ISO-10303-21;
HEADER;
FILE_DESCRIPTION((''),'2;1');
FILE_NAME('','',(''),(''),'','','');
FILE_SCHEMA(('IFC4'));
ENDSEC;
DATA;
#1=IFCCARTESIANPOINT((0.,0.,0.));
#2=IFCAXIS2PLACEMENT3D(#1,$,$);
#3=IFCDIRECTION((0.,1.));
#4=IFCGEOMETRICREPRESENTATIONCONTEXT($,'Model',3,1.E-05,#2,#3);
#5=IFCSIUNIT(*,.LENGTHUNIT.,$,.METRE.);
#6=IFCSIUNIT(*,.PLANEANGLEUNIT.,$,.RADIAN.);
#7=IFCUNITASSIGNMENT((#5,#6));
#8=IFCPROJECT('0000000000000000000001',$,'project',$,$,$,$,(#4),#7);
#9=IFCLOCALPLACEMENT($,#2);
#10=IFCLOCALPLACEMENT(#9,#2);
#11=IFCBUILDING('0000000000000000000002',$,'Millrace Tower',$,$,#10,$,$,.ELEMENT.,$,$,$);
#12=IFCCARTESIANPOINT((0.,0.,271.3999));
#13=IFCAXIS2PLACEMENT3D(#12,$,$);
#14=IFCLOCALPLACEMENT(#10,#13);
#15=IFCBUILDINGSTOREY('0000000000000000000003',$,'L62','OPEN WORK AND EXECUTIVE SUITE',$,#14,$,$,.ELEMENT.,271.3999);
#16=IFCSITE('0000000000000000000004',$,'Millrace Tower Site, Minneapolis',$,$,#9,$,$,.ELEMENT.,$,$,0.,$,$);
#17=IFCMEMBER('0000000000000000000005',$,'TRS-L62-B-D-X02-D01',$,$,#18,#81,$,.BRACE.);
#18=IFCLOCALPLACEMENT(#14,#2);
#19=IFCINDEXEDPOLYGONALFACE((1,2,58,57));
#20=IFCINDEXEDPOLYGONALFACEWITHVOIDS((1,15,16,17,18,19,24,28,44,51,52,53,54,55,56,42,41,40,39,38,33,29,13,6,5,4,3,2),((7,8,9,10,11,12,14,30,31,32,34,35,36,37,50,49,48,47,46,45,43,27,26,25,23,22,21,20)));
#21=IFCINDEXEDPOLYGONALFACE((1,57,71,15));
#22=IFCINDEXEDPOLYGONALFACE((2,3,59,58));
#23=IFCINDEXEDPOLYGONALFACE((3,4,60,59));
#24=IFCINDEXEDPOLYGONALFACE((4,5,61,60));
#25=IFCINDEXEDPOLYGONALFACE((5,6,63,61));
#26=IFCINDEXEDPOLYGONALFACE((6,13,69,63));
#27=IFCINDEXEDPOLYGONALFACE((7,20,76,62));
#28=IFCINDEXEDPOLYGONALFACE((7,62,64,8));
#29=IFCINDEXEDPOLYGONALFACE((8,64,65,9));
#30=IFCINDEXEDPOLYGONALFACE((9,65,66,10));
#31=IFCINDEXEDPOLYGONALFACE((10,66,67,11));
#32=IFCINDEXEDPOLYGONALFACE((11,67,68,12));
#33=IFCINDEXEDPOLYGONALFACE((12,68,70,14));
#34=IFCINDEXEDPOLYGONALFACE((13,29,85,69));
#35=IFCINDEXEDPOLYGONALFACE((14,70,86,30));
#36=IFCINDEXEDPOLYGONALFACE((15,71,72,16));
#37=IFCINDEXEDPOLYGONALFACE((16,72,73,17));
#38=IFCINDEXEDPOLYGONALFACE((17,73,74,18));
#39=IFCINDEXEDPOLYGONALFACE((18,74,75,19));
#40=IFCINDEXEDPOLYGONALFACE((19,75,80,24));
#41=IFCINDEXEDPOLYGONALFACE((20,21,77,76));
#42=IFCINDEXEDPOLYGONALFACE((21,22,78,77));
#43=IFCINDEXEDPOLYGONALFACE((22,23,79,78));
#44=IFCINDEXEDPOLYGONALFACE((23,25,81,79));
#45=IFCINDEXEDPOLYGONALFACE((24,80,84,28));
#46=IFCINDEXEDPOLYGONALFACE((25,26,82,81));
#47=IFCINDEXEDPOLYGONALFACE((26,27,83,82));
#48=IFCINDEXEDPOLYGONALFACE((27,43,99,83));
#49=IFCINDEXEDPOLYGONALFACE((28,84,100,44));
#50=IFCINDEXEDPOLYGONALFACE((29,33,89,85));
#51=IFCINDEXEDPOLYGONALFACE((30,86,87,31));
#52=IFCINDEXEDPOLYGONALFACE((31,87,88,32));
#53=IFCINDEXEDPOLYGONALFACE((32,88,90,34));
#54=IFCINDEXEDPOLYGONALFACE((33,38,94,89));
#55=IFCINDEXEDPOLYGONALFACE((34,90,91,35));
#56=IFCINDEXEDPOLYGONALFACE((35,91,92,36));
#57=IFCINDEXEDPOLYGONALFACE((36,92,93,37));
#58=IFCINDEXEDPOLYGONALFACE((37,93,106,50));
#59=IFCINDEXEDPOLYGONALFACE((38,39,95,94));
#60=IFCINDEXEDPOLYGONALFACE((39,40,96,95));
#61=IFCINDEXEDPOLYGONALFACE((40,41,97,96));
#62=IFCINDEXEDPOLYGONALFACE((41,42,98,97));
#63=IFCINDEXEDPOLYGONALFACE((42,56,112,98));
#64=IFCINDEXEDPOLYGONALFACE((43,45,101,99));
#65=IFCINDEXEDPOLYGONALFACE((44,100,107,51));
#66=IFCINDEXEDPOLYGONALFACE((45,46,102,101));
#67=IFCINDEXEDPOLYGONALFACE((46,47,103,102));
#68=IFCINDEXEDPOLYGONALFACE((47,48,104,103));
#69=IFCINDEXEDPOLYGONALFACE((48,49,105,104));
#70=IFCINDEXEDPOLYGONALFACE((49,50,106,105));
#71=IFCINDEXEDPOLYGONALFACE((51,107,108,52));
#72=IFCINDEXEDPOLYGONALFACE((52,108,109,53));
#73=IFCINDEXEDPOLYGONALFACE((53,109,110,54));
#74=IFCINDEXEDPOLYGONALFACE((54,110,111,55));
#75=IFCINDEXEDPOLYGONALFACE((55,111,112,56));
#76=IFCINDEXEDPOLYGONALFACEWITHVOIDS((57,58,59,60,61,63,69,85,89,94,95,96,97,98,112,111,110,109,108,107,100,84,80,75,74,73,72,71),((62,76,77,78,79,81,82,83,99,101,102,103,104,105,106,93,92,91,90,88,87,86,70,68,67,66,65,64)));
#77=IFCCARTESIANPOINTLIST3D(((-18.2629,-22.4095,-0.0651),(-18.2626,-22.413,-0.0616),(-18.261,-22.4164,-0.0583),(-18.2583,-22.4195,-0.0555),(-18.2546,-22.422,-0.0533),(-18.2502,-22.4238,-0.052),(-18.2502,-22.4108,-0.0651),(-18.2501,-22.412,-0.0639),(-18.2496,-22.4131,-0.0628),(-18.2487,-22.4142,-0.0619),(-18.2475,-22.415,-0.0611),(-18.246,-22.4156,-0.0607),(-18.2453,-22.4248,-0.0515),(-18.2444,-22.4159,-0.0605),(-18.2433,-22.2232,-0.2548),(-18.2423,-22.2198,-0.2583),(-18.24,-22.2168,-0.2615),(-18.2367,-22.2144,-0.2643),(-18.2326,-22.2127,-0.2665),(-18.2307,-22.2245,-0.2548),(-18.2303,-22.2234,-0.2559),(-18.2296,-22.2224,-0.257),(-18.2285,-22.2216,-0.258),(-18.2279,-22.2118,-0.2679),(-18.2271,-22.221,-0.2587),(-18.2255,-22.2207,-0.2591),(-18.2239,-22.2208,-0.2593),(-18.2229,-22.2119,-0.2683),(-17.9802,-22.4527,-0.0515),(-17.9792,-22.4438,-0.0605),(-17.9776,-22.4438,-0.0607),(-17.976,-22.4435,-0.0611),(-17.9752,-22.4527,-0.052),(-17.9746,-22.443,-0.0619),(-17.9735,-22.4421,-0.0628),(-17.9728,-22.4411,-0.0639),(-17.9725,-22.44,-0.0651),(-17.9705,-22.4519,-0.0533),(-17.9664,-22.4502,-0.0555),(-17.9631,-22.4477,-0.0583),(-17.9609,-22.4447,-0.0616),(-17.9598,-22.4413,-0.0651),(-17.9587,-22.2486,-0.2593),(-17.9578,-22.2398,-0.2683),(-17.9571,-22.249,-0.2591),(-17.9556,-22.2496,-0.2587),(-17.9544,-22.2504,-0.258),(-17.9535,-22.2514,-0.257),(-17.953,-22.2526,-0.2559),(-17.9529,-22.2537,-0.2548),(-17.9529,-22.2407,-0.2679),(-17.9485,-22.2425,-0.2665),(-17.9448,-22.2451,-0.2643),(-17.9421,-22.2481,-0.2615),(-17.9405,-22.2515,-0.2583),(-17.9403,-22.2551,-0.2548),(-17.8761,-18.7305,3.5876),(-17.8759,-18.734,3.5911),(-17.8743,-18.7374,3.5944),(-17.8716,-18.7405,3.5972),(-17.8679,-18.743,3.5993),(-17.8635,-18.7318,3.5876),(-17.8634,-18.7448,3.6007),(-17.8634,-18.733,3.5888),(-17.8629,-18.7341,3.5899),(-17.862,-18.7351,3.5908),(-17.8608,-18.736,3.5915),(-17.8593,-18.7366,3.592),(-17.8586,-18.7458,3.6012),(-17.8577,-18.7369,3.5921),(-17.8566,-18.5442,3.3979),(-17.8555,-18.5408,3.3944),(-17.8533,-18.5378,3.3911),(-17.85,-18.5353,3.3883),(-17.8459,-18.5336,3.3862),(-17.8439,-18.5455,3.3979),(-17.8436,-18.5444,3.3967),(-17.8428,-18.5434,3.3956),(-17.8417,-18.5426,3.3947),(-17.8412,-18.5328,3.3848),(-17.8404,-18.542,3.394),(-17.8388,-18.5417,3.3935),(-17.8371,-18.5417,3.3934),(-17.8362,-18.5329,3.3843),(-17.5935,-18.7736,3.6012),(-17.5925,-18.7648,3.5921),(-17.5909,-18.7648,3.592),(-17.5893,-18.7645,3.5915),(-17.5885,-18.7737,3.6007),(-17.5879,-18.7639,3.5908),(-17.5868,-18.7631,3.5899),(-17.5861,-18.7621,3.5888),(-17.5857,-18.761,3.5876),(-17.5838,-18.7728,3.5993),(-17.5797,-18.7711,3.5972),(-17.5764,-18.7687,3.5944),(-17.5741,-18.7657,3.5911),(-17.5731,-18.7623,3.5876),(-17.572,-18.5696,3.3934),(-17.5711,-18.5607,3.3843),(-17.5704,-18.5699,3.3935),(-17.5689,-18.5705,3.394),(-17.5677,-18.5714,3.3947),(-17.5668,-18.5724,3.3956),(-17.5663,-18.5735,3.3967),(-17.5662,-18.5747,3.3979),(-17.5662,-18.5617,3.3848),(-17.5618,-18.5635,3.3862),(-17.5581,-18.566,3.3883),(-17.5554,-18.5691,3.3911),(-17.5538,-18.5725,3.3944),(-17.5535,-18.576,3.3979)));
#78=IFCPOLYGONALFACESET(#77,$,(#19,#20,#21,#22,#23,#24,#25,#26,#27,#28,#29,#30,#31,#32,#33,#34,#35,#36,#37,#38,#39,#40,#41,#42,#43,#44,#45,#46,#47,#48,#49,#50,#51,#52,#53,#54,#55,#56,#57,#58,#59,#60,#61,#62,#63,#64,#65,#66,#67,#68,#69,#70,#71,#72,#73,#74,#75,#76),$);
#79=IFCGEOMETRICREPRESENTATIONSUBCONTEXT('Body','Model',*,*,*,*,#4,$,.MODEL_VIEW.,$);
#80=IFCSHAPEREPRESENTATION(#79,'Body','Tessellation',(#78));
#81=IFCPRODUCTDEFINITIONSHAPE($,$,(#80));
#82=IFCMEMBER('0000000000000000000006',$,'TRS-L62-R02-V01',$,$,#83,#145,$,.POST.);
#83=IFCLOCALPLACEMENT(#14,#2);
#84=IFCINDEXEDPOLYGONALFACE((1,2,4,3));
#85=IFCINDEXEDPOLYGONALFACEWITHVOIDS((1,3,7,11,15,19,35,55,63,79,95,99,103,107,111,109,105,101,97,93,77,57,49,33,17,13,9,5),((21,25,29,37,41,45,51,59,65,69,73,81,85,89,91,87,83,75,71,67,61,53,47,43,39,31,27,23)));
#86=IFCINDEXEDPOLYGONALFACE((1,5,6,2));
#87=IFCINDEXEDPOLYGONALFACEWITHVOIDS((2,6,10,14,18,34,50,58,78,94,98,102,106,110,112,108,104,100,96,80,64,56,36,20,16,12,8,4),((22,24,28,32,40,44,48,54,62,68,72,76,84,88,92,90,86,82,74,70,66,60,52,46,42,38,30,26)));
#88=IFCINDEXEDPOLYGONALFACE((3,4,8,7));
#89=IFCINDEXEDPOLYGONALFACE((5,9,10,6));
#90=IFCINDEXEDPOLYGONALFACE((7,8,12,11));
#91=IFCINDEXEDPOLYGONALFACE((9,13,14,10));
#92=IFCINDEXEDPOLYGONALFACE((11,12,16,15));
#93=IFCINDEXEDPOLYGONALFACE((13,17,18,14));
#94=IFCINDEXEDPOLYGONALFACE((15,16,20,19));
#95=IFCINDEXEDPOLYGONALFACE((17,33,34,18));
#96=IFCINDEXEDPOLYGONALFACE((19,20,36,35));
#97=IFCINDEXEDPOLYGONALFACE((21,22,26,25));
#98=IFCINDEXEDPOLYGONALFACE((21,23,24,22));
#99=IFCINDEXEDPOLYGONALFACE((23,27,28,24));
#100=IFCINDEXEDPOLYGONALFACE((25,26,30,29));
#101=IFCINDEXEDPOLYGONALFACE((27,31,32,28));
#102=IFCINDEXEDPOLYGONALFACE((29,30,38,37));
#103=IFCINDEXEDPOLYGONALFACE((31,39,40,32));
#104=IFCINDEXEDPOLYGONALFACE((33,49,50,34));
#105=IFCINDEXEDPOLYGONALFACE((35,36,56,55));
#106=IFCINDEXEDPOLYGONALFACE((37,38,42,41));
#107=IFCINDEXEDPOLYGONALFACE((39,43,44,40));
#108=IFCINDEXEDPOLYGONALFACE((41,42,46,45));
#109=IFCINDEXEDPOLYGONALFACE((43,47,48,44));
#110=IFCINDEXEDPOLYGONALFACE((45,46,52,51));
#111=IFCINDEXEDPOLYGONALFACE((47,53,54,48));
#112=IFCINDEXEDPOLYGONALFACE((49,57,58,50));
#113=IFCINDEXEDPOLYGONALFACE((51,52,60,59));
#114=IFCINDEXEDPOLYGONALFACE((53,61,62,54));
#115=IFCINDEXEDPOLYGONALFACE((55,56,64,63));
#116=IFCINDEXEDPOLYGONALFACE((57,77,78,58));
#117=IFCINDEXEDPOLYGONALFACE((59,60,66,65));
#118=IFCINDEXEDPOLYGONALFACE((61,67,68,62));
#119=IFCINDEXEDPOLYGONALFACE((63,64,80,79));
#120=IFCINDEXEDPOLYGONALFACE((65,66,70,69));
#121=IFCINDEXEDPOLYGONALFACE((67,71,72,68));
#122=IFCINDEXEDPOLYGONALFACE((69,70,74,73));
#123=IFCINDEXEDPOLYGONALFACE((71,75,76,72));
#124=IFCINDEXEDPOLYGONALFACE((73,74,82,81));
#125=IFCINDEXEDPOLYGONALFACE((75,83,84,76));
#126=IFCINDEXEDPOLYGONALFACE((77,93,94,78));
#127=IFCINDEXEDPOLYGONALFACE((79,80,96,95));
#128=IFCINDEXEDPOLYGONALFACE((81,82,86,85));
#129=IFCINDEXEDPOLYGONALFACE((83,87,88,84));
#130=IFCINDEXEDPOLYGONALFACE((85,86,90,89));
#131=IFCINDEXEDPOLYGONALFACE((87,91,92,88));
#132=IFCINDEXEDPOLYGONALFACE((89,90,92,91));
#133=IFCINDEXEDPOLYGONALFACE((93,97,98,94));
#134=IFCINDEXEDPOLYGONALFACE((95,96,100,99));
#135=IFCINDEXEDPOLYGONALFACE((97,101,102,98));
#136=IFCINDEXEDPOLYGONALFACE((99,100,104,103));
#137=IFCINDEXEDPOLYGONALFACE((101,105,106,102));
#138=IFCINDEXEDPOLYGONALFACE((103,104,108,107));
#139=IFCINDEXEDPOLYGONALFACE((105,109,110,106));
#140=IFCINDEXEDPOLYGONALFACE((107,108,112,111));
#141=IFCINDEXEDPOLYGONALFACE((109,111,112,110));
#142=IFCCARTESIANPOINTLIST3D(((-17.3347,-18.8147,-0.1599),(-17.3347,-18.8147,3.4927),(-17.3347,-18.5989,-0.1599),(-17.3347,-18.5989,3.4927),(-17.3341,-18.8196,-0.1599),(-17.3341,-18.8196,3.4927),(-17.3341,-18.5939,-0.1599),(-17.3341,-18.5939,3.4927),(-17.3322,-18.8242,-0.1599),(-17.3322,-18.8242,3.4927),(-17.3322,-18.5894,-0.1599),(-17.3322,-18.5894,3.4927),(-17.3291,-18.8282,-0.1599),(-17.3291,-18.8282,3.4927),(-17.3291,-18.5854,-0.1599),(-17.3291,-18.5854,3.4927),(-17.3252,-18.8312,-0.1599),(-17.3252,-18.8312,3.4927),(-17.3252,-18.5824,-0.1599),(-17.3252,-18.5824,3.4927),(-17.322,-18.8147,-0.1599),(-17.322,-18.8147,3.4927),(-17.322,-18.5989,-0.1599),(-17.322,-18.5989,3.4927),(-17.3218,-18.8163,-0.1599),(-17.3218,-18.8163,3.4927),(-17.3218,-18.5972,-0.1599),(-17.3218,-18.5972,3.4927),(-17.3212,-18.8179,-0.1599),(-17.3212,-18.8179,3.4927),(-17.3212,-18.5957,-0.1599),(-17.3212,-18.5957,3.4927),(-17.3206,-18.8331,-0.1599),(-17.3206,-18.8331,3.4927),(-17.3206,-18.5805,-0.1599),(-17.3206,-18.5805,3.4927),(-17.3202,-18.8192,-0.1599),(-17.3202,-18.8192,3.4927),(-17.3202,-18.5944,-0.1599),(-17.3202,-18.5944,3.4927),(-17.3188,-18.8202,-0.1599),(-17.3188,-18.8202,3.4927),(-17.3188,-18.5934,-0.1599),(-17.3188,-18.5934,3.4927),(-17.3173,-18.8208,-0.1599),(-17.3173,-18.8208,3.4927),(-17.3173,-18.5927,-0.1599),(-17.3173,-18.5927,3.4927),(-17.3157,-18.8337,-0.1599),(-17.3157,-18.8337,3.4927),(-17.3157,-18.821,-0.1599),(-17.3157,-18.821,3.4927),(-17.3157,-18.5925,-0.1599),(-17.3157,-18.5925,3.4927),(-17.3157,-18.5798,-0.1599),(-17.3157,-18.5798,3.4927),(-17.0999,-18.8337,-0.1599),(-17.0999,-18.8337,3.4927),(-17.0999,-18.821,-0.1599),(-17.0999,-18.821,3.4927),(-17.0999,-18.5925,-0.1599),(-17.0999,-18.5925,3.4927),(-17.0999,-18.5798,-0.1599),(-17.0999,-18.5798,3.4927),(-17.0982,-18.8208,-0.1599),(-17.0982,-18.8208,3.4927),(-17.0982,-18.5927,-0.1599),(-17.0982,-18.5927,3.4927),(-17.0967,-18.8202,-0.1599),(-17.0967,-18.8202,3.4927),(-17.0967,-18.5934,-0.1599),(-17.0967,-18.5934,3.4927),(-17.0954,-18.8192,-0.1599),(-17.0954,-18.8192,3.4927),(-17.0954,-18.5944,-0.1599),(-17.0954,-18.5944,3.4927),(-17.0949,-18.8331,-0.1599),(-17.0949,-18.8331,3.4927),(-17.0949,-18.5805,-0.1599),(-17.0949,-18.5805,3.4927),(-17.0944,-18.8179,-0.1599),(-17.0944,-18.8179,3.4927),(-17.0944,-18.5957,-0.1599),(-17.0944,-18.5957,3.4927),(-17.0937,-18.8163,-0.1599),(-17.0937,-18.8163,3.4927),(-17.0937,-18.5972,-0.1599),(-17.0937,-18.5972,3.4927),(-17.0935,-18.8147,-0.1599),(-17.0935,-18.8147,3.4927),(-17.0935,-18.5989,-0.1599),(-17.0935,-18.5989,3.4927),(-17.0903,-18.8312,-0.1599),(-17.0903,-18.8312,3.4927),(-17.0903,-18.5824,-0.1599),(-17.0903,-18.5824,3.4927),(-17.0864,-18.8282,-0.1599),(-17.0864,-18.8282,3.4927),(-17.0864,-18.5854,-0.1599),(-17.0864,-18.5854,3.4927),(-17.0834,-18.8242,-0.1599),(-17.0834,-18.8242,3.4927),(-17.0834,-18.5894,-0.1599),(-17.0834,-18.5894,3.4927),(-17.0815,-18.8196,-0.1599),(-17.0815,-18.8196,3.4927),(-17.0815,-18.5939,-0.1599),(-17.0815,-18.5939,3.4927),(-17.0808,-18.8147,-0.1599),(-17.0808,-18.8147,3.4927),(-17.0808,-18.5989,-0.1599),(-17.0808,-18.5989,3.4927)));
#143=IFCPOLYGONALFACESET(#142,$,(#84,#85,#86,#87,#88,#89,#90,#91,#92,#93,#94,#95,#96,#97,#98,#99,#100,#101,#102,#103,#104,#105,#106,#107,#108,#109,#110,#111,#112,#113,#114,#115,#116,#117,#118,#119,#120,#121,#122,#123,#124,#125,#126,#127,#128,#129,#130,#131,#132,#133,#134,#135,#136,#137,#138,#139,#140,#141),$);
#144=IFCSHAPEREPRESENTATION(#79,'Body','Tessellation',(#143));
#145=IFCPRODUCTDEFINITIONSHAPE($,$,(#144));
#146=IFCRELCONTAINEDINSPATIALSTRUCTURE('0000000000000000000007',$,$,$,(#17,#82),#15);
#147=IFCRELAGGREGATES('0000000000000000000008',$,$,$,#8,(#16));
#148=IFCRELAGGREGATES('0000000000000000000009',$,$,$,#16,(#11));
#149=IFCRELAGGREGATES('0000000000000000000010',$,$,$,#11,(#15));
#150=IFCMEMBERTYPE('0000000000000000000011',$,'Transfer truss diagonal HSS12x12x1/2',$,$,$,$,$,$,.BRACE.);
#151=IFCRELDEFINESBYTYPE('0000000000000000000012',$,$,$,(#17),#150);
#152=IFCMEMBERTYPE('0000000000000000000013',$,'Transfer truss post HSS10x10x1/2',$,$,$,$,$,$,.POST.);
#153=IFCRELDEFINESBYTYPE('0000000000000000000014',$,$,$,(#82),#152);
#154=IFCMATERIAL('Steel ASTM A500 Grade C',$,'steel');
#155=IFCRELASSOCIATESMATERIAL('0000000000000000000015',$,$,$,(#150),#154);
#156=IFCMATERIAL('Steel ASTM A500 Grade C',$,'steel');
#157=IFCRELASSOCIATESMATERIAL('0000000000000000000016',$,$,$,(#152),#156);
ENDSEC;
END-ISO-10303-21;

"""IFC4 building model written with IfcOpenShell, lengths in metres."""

from ifc_helpers import new_model, si_unit, direction, frame, origin, origin_2d, place, context, subcontext, project, spatial, hollow_rectangle, extrude, material, material_profile, profile_set, type_object, element, save


model = new_model("IFC4")

# Units and contexts
model_context = context("Model", 3, precision=1e-05, world=origin(), true_north=direction((0.0, 1.0)))
body_context = subcontext(model_context, "Body", "Model", "MODEL_VIEW")
ifc_project = project(units=[si_unit("LENGTHUNIT", "METRE"), si_unit("PLANEANGLEUNIT", "RADIAN")], contexts=[model_context])

# Site, building, storey
site_placement = place(None, origin())
site = spatial("IfcSite", under=ifc_project, at=site_placement, Name="Millrace Tower Site, Minneapolis", CompositionType="ELEMENT", RefElevation=0.0)
building_placement = place(site_placement, origin())
building = spatial("IfcBuilding", under=site, at=building_placement, Name="Millrace Tower", CompositionType="ELEMENT")
storey_placement = place(building_placement, frame((0.0, 0.0, 271.3999)))
storey = spatial("IfcBuildingStorey", under=building, at=storey_placement, Name="L62", Description="OPEN WORK AND EXECUTIVE SUITE", CompositionType="ELEMENT", Elevation=271.3999)

# Members
ifc_material_1 = material(Name="Steel ASTM A500 Grade C", Category="steel")
ifc_material_profile_1 = material_profile(ifc_material_1, hollow_rectangle(XDim=0.3047, YDim=0.3047, WallThickness=0.0127, InnerFilletRadius=0.0063, OuterFilletRadius=0.019, at=origin_2d()))
ifc_profile_set_1 = profile_set([ifc_material_profile_1], Name="Steel ASTM A500 Grade C")
member_type_1 = type_object("IfcMemberType", Name="Transfer truss diagonal HSS12x12x1/2", PredefinedType="BRACE", material=ifc_profile_set_1)
member_1_placement = place(storey_placement, frame((-18.1016, -22.3323, -0.1599), z_axis=(0.074389, 0.707679, 0.702607), x_axis=(-0.994521, 0.10454, 0.0)))
element("IfcMember", 1, at=member_1_placement, inside=storey, type_object=member_type_1, Name="TRS-L62-B-D-X02-D01", PredefinedType="BRACE", context=body_context, shape_type="SweptSolid", body=[
    extrude(hollow_rectangle(XDim=0.3047, YDim=0.3047, WallThickness=0.0127, InnerFilletRadius=0.0063, OuterFilletRadius=0.019, at=origin_2d()), origin(), (0.0, 0.0, 1.0), 5.1987),
])
ifc_material_2 = material(Name="Steel ASTM A500 Grade C", Category="steel")
ifc_material_profile_2 = material_profile(ifc_material_2, hollow_rectangle(XDim=0.2539, YDim=0.2539, WallThickness=0.0127, InnerFilletRadius=0.0063, OuterFilletRadius=0.019, at=origin_2d()))
ifc_profile_set_2 = profile_set([ifc_material_profile_2], Name="Steel ASTM A500 Grade C")
member_type_2 = type_object("IfcMemberType", Name="Transfer truss post HSS10x10x1/2", PredefinedType="POST", material=ifc_profile_set_2)
for number, where, z_axis, x_axis, name in (
    (2, (-17.2078, -18.7068, -0.1599), (0.0, 0.0, 1.0), (1.0, 0.0, 0.0), "TRS-L62-R02-V01"),
):
    element("IfcMember", number, at=place(storey_placement, frame(where, z_axis=z_axis, x_axis=x_axis)), inside=storey, type_object=member_type_2, Name=name, PredefinedType="POST", context=body_context, shape_type="SweptSolid", body=[
        extrude(hollow_rectangle(XDim=0.2539, YDim=0.2539, WallThickness=0.0127, InnerFilletRadius=0.0063, OuterFilletRadius=0.019, at=origin_2d()), origin(), (0.0, 0.0, 1.0), 3.6526),
    ])

save(model, "model.ifc")
